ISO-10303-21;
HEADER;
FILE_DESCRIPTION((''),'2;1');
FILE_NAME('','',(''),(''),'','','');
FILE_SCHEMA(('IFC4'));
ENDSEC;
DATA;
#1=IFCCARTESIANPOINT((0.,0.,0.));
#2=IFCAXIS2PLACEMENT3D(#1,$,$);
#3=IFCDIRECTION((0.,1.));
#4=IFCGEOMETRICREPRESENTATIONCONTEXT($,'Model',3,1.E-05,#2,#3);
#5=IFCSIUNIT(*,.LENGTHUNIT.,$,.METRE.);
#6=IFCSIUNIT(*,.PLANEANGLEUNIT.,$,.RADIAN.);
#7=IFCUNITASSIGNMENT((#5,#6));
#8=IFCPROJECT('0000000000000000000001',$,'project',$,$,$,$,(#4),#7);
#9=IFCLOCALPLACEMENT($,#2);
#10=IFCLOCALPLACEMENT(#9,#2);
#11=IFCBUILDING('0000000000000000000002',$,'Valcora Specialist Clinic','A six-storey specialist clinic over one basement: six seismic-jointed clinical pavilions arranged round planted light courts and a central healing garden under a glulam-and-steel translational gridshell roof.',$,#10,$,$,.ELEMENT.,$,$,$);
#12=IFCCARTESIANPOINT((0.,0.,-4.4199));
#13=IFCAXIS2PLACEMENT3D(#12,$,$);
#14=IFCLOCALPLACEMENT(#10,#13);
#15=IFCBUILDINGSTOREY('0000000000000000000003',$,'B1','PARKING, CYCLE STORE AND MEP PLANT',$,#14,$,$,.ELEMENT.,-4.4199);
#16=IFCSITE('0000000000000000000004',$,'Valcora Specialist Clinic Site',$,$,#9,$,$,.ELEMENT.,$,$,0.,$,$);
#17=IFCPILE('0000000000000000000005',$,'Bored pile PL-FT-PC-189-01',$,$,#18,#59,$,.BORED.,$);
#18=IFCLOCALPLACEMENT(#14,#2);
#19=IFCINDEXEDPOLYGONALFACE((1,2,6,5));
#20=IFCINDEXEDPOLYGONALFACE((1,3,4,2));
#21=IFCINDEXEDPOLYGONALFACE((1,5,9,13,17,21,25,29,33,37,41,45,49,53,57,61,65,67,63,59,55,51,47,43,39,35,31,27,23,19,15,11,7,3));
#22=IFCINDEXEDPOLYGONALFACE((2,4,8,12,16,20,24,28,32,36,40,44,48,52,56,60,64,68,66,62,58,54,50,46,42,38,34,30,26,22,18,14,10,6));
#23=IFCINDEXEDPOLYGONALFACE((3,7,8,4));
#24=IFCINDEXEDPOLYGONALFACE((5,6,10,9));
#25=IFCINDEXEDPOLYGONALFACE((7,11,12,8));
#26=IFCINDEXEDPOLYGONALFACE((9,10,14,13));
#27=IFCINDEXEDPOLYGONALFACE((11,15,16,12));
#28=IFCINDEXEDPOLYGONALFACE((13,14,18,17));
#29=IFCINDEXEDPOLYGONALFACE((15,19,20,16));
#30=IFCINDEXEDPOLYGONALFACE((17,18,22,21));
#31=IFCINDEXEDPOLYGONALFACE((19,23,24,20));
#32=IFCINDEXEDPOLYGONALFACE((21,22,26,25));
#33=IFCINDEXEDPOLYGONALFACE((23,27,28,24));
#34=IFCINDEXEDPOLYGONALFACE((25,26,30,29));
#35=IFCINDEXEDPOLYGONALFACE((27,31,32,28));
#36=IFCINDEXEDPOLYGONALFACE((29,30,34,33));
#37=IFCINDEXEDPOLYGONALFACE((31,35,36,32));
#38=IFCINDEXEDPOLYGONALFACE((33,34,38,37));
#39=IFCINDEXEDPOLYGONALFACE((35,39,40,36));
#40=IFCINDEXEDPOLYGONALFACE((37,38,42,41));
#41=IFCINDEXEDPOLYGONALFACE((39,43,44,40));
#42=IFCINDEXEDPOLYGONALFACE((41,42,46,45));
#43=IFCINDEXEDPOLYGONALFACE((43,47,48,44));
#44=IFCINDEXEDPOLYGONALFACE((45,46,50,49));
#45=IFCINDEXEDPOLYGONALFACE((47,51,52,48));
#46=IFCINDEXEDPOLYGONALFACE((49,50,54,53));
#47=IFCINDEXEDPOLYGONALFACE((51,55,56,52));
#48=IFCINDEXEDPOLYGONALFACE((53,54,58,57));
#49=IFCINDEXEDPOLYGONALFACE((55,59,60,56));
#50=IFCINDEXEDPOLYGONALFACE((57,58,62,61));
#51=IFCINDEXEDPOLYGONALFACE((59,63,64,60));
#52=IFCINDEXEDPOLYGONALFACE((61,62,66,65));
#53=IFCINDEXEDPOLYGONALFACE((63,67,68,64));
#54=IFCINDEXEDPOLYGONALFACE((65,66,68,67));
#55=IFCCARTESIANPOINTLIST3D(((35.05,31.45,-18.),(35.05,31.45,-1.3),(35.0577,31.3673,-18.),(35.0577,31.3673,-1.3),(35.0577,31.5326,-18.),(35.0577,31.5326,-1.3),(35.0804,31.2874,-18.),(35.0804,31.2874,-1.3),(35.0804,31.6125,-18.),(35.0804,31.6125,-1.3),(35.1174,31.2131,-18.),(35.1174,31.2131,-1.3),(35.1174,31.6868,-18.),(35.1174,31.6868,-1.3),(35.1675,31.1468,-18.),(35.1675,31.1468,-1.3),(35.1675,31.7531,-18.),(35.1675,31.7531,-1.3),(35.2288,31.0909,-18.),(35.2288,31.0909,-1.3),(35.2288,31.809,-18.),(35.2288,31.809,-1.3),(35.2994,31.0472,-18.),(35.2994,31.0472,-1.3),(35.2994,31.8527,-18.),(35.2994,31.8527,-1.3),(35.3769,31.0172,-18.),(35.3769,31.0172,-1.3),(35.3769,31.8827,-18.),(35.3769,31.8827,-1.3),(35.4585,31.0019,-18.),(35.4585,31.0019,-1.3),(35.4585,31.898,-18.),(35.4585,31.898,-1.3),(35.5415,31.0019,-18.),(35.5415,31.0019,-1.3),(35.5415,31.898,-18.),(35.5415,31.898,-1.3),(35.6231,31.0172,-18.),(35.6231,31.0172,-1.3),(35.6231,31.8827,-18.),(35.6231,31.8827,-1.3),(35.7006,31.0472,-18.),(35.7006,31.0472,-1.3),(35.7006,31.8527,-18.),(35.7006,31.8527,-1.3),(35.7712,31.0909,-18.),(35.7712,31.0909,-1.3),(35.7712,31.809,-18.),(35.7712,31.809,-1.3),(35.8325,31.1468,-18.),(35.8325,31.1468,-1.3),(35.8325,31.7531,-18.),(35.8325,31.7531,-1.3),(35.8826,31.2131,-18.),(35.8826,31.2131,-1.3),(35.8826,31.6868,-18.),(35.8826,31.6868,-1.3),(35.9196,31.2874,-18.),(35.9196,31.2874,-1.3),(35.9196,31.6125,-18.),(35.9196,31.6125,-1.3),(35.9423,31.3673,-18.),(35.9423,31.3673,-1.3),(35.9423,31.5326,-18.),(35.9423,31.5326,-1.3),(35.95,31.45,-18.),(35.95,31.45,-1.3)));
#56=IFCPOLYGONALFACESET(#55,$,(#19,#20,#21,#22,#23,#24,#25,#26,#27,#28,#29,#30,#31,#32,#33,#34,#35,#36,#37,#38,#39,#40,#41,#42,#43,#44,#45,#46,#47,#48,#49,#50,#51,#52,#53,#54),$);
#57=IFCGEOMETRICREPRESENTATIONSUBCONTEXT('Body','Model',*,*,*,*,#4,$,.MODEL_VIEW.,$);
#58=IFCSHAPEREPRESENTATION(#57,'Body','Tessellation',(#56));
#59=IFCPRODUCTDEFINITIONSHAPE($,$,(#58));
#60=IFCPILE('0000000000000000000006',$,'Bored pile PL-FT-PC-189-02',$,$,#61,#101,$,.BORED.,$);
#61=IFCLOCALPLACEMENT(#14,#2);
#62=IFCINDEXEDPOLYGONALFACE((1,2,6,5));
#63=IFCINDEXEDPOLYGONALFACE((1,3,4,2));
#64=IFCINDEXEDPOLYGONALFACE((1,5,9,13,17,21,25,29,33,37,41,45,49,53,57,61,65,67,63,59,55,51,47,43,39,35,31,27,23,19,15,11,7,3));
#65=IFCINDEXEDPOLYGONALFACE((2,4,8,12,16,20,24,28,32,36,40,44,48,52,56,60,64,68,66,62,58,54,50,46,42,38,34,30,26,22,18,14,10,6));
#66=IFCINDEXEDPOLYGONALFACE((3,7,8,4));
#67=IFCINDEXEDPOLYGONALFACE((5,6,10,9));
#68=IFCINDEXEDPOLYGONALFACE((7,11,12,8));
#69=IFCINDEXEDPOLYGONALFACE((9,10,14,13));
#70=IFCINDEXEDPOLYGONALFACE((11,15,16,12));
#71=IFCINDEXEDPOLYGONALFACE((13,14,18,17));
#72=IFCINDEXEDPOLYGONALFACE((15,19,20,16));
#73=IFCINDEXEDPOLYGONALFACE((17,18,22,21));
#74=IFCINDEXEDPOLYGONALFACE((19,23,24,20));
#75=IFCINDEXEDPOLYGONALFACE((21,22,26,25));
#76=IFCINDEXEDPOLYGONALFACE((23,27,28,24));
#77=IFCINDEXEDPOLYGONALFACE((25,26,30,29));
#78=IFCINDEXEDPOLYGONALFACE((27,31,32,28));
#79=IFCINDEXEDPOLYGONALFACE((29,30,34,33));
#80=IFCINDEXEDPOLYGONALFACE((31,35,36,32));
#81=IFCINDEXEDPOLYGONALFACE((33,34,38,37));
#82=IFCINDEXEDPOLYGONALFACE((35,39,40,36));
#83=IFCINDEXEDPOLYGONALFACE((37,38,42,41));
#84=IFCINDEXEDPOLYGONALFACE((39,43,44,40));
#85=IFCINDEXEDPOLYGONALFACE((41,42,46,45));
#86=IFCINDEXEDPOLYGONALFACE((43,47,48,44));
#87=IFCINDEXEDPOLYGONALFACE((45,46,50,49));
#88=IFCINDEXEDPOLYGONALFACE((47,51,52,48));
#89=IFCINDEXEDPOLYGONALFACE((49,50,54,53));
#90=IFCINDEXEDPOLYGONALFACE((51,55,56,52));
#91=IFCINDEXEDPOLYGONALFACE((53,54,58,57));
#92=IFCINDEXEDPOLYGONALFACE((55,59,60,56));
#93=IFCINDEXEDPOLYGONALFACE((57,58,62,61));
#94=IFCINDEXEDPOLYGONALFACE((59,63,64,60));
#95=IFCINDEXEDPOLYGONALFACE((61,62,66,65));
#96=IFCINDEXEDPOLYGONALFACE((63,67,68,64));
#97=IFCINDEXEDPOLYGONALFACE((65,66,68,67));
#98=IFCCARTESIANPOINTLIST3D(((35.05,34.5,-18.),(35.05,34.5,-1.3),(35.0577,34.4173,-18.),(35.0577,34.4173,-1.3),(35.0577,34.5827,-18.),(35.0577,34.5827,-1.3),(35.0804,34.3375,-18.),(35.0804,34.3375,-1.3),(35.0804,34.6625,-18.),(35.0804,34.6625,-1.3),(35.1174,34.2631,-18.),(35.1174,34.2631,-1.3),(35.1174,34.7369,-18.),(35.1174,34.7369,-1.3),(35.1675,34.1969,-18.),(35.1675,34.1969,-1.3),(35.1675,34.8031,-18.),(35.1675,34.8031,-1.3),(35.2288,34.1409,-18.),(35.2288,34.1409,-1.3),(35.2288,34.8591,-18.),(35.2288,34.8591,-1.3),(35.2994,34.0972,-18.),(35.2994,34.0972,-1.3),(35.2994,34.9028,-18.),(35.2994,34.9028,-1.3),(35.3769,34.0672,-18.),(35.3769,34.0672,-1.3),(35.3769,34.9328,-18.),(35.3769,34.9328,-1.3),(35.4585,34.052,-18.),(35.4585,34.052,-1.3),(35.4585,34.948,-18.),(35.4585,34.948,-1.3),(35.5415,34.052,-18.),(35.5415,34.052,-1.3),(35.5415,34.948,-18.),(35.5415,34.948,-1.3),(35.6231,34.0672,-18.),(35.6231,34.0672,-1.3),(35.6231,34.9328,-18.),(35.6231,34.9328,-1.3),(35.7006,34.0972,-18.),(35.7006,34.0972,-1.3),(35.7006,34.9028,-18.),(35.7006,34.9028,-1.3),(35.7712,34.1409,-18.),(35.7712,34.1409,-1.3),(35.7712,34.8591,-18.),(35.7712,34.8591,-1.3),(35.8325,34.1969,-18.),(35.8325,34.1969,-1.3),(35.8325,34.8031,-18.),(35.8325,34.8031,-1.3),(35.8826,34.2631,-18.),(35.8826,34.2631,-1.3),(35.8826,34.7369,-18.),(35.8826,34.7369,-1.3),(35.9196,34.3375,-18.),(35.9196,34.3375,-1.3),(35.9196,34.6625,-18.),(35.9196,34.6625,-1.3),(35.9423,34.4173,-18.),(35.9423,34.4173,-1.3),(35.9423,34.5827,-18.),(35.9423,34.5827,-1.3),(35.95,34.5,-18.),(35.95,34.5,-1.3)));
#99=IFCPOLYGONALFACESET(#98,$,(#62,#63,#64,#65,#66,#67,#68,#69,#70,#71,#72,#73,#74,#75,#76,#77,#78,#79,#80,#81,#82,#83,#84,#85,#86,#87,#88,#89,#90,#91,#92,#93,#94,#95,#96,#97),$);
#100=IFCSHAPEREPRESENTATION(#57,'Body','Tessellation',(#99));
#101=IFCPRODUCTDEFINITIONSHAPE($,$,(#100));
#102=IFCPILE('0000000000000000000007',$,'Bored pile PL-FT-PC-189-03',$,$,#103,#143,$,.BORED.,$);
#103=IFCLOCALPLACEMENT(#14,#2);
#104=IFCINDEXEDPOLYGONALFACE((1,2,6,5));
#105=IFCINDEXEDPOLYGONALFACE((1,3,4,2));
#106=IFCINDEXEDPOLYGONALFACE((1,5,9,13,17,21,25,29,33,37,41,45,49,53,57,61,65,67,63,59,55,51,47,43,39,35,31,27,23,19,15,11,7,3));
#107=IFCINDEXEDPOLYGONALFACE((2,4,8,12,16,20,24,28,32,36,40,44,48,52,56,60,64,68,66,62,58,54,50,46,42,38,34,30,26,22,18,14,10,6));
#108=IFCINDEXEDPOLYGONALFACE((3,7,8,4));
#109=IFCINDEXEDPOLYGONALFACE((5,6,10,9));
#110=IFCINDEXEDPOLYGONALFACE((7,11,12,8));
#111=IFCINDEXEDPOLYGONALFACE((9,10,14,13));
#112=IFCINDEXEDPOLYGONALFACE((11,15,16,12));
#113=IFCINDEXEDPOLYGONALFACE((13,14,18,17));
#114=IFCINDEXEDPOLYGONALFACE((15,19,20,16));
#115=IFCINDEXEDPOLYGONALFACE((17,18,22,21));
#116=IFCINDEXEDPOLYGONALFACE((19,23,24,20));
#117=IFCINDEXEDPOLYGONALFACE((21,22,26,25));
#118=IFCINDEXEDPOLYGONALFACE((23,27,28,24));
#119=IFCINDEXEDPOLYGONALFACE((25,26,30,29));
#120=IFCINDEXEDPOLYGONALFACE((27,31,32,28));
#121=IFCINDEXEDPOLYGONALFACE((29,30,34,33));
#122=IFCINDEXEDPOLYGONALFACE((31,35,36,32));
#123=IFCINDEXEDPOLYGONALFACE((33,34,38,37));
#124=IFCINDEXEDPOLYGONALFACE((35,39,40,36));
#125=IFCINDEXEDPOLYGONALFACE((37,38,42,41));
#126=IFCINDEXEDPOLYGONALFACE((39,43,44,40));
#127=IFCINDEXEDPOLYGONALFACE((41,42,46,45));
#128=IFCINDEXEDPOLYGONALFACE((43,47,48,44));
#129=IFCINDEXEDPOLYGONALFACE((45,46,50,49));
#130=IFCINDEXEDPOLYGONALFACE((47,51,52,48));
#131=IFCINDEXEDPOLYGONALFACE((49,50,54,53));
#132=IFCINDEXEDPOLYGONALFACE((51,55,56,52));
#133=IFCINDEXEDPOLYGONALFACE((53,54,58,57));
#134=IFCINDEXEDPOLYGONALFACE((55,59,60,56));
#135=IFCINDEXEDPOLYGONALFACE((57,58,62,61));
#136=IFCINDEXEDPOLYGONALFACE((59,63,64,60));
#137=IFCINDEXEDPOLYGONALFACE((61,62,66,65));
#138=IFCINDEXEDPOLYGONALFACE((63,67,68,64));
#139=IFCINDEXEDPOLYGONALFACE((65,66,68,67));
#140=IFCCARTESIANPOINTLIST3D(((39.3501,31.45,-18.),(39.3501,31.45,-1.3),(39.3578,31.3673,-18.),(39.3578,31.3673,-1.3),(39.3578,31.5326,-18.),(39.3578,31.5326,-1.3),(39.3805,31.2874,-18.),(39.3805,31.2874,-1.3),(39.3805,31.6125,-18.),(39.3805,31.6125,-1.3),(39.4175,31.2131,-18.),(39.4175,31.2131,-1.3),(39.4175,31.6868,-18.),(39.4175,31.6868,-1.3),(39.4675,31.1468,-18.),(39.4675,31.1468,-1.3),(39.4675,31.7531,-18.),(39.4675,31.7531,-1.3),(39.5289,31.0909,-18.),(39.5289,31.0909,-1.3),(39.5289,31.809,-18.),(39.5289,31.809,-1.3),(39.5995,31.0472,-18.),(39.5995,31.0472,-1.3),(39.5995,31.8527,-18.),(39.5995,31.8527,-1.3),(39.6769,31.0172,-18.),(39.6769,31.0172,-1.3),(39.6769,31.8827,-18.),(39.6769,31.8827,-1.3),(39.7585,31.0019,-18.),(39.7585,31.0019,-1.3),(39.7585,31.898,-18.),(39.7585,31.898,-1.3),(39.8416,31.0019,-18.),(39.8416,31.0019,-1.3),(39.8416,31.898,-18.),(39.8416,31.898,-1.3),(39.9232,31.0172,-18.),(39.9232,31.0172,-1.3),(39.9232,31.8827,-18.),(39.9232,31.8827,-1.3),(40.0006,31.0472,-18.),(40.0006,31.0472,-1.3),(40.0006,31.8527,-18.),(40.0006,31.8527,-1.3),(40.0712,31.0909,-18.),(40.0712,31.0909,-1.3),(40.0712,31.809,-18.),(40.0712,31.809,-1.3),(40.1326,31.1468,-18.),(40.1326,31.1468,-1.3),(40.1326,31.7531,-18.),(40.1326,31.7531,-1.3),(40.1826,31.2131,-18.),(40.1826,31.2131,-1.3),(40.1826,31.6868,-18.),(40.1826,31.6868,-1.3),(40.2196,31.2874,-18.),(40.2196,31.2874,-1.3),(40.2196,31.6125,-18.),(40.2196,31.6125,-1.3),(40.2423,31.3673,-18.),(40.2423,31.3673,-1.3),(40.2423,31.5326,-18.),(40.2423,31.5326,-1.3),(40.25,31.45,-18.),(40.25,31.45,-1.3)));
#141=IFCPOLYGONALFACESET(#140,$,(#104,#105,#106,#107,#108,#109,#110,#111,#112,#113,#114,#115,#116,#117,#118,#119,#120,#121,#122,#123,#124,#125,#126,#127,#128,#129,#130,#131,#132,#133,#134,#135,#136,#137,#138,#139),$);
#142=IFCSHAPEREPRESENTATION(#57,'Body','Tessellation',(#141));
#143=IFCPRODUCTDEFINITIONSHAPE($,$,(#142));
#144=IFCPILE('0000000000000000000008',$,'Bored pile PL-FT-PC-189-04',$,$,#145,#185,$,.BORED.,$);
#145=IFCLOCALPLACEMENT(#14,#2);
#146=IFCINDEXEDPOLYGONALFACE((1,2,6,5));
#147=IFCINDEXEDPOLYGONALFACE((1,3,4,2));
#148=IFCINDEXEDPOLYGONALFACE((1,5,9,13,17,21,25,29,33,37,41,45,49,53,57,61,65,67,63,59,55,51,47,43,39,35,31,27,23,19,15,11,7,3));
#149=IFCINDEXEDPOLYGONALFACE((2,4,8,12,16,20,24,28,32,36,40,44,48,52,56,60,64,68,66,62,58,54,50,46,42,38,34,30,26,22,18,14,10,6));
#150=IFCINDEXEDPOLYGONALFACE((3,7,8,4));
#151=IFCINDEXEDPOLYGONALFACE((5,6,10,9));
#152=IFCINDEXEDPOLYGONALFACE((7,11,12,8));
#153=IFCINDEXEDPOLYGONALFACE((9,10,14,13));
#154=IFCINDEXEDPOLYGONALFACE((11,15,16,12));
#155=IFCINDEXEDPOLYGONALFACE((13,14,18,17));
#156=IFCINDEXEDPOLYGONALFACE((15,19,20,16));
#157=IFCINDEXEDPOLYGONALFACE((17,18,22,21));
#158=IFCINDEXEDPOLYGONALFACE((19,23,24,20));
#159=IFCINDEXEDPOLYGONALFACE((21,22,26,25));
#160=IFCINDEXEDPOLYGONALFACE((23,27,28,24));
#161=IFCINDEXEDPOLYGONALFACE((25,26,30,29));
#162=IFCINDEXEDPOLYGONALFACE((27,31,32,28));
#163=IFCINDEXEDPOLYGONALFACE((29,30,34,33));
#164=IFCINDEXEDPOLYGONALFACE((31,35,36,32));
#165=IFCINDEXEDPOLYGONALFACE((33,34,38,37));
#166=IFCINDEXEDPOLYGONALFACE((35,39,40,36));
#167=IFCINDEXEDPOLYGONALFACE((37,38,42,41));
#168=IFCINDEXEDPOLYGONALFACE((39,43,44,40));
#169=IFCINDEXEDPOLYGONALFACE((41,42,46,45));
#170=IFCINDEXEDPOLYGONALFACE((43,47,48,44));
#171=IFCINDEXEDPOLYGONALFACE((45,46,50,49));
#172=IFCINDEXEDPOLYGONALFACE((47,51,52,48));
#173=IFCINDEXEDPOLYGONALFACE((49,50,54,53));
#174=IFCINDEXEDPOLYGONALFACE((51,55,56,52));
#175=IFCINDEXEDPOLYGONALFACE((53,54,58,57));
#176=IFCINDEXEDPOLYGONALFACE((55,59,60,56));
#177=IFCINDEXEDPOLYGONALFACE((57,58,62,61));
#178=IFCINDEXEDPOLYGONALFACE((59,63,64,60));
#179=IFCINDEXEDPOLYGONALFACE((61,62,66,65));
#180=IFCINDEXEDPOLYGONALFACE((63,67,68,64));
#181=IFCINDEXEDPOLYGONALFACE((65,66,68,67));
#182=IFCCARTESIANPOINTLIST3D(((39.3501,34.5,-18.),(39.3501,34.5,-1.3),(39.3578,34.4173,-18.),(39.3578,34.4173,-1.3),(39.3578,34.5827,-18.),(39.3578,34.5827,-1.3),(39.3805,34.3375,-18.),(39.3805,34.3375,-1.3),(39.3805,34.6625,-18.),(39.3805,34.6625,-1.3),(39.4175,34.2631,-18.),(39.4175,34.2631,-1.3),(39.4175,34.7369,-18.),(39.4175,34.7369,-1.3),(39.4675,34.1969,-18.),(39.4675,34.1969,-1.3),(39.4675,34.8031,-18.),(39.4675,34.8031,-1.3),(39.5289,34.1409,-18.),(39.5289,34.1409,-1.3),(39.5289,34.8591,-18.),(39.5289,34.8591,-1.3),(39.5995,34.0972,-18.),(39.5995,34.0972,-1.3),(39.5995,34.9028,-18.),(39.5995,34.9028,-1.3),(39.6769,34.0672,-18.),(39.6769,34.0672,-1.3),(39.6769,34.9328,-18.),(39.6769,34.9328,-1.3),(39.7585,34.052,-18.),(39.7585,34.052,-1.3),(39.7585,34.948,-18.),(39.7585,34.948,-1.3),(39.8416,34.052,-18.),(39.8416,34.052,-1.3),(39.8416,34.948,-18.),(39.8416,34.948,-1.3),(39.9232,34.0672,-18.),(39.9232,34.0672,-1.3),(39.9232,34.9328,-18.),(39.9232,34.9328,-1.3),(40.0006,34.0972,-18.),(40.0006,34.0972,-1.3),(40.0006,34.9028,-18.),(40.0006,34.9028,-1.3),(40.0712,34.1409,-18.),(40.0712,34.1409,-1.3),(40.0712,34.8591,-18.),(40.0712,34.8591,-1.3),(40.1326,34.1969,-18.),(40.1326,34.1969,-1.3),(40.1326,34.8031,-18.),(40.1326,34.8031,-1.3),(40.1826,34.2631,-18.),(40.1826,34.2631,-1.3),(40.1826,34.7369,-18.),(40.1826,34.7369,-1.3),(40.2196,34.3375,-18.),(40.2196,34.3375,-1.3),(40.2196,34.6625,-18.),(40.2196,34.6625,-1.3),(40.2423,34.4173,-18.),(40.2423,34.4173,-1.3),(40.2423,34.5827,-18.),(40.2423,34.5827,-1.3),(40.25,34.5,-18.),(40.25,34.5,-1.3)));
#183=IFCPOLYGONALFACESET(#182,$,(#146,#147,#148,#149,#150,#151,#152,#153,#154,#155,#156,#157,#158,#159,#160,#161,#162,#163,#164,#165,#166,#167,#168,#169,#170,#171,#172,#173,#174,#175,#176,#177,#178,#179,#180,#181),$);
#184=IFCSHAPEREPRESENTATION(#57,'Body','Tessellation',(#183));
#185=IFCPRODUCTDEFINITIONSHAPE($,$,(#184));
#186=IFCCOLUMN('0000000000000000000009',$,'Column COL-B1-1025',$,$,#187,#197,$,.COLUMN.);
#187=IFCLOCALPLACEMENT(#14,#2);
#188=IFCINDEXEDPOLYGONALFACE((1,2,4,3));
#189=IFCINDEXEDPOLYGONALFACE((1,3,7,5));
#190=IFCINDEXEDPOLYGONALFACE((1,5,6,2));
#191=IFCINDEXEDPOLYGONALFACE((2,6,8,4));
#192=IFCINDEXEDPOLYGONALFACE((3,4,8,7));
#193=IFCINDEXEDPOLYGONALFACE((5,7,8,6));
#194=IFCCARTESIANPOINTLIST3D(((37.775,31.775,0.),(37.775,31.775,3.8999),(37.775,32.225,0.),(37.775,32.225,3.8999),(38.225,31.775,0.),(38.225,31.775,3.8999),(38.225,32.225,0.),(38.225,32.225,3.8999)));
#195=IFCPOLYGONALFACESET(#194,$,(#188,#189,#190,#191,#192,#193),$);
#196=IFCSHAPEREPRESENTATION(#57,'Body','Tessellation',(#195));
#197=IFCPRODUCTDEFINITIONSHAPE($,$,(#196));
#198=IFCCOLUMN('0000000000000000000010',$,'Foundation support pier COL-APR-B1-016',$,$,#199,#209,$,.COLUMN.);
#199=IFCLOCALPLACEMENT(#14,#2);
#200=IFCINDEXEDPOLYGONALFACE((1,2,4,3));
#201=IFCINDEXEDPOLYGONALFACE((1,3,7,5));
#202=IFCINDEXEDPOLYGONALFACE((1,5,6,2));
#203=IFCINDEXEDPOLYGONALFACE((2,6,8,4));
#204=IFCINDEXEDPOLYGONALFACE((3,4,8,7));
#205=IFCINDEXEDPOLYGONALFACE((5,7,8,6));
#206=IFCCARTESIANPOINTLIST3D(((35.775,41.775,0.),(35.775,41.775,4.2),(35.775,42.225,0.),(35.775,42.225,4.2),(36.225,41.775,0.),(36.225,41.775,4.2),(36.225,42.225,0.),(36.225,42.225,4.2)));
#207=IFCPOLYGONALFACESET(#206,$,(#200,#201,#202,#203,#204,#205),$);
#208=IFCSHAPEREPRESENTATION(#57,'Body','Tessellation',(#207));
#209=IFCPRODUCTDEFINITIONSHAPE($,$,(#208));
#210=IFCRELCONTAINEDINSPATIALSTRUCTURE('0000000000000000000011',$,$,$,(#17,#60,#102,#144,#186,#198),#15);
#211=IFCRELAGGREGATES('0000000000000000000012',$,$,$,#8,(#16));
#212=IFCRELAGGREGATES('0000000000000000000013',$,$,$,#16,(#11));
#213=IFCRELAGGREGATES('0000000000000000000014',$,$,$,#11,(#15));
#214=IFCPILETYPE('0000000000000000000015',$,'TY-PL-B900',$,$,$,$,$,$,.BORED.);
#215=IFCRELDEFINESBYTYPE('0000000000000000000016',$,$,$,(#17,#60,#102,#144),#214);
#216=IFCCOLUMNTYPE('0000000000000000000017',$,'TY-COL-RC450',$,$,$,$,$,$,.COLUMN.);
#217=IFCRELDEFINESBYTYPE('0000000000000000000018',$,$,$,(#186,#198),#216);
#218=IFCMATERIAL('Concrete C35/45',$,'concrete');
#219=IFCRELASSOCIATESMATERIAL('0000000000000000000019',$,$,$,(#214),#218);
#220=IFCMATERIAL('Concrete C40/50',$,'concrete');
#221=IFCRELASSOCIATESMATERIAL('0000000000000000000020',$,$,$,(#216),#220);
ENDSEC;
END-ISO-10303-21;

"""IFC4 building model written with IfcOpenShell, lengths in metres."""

from ifc_helpers import new_model, si_unit, direction, frame, origin, origin_2d, place, context, subcontext, project, spatial, rectangle, circle, extrude, material, material_profile, profile_set, type_object, element, save


model = new_model("IFC4")

# Units and contexts
model_context = context("Model", 3, precision=1e-05, world=origin(), true_north=direction((0.0, 1.0)))
body_context = subcontext(model_context, "Body", "Model", "MODEL_VIEW")
ifc_project = project(units=[si_unit("LENGTHUNIT", "METRE"), si_unit("PLANEANGLEUNIT", "RADIAN")], contexts=[model_context])

# Site, building, storey
site_placement = place(None, origin())
site = spatial("IfcSite", under=ifc_project, at=site_placement, Name="Valcora Specialist Clinic Site", CompositionType="ELEMENT", RefElevation=0.0)
building_placement = place(site_placement, origin())
building = spatial("IfcBuilding", under=site, at=building_placement, Name="Valcora Specialist Clinic", Description="A six-storey specialist clinic over one basement: six seismic-jointed clinical pavilions arranged round planted light courts and a central healing garden under a glulam-and-steel translational gridshell roof.", CompositionType="ELEMENT")
storey_placement = place(building_placement, frame((0.0, 0.0, -4.4199)))
storey = spatial("IfcBuildingStorey", under=building, at=storey_placement, Name="B1", Description="PARKING, CYCLE STORE AND MEP PLANT", CompositionType="ELEMENT", Elevation=-4.4199)

# Shared definitions
ifc_material_1 = material(Name="Concrete C35/45", Category="concrete")

# Piles
ifc_material_profile_1 = material_profile(ifc_material_1, circle(Radius=0.45, at=origin_2d()), Name="RC-PIL-D900")
ifc_profile_set_1 = profile_set([ifc_material_profile_1], Name="Concrete C35/45")
pile_type_1 = type_object("IfcPileType", Name="TY-PL-B900", PredefinedType="BORED", material=ifc_profile_set_1)
for number, where, z_axis, x_axis, name in (
    (1, (35.5, 31.45, -1.3), (0.0, 0.0, -1.0), (1.0, 0.0, 0.0), "Bored pile PL-FT-PC-189-01"),
    (2, (35.5, 34.5, -1.3), (0.0, 0.0, -1.0), (1.0, 0.0, 0.0), "Bored pile PL-FT-PC-189-02"),
    (3, (39.8, 31.45, -1.3), (0.0, 0.0, -1.0), (1.0, 0.0, 0.0), "Bored pile PL-FT-PC-189-03"),
    (4, (39.8, 34.5, -1.3), (0.0, 0.0, -1.0), (1.0, 0.0, 0.0), "Bored pile PL-FT-PC-189-04"),
):
    element("IfcPile", number, at=place(storey_placement, frame(where, z_axis=z_axis, x_axis=x_axis)), inside=storey, type_object=pile_type_1, Name=name, PredefinedType="BORED", context=body_context, shape_type="SweptSolid", body=[
        extrude(circle(Radius=0.45, at=origin_2d()), origin(), (0.0, 0.0, 1.0), 16.7),
    ])

# Columns
ifc_material_2 = material(Name="Concrete C40/50", Category="concrete")
ifc_material_profile_2 = material_profile(ifc_material_2, rectangle(XDim=0.45, YDim=0.45, at=origin_2d()), Name="RC-COL-450X450")
ifc_profile_set_2 = profile_set([ifc_material_profile_2], Name="Concrete C40/50")
column_type_1 = type_object("IfcColumnType", Name="TY-COL-RC450", PredefinedType="COLUMN", material=ifc_profile_set_2)
column_1_placement = place(storey_placement, frame((38.0, 32.0, 0.0), z_axis=(0.0, 0.0, 1.0), x_axis=(1.0, 0.0, 0.0)))
element("IfcColumn", 5, at=column_1_placement, inside=storey, type_object=column_type_1, Name="Column COL-B1-1025", PredefinedType="COLUMN", context=body_context, shape_type="SweptSolid", body=[
    extrude(rectangle(XDim=0.45, YDim=0.45, at=origin_2d()), origin(), (0.0, 0.0, 1.0), 3.8999),
])
column_2_placement = place(storey_placement, frame((36.0, 42.0, 0.0), z_axis=(0.0, 0.0, 1.0), x_axis=(1.0, 0.0, 0.0)))
element("IfcColumn", 6, at=column_2_placement, inside=storey, type_object=column_type_1, Name="Foundation support pier COL-APR-B1-016", PredefinedType="COLUMN", context=body_context, shape_type="SweptSolid", body=[
    extrude(rectangle(XDim=0.45, YDim=0.45, at=origin_2d()), origin(), (0.0, 0.0, 1.0), 4.2),
])

save(model, "model.ifc")
